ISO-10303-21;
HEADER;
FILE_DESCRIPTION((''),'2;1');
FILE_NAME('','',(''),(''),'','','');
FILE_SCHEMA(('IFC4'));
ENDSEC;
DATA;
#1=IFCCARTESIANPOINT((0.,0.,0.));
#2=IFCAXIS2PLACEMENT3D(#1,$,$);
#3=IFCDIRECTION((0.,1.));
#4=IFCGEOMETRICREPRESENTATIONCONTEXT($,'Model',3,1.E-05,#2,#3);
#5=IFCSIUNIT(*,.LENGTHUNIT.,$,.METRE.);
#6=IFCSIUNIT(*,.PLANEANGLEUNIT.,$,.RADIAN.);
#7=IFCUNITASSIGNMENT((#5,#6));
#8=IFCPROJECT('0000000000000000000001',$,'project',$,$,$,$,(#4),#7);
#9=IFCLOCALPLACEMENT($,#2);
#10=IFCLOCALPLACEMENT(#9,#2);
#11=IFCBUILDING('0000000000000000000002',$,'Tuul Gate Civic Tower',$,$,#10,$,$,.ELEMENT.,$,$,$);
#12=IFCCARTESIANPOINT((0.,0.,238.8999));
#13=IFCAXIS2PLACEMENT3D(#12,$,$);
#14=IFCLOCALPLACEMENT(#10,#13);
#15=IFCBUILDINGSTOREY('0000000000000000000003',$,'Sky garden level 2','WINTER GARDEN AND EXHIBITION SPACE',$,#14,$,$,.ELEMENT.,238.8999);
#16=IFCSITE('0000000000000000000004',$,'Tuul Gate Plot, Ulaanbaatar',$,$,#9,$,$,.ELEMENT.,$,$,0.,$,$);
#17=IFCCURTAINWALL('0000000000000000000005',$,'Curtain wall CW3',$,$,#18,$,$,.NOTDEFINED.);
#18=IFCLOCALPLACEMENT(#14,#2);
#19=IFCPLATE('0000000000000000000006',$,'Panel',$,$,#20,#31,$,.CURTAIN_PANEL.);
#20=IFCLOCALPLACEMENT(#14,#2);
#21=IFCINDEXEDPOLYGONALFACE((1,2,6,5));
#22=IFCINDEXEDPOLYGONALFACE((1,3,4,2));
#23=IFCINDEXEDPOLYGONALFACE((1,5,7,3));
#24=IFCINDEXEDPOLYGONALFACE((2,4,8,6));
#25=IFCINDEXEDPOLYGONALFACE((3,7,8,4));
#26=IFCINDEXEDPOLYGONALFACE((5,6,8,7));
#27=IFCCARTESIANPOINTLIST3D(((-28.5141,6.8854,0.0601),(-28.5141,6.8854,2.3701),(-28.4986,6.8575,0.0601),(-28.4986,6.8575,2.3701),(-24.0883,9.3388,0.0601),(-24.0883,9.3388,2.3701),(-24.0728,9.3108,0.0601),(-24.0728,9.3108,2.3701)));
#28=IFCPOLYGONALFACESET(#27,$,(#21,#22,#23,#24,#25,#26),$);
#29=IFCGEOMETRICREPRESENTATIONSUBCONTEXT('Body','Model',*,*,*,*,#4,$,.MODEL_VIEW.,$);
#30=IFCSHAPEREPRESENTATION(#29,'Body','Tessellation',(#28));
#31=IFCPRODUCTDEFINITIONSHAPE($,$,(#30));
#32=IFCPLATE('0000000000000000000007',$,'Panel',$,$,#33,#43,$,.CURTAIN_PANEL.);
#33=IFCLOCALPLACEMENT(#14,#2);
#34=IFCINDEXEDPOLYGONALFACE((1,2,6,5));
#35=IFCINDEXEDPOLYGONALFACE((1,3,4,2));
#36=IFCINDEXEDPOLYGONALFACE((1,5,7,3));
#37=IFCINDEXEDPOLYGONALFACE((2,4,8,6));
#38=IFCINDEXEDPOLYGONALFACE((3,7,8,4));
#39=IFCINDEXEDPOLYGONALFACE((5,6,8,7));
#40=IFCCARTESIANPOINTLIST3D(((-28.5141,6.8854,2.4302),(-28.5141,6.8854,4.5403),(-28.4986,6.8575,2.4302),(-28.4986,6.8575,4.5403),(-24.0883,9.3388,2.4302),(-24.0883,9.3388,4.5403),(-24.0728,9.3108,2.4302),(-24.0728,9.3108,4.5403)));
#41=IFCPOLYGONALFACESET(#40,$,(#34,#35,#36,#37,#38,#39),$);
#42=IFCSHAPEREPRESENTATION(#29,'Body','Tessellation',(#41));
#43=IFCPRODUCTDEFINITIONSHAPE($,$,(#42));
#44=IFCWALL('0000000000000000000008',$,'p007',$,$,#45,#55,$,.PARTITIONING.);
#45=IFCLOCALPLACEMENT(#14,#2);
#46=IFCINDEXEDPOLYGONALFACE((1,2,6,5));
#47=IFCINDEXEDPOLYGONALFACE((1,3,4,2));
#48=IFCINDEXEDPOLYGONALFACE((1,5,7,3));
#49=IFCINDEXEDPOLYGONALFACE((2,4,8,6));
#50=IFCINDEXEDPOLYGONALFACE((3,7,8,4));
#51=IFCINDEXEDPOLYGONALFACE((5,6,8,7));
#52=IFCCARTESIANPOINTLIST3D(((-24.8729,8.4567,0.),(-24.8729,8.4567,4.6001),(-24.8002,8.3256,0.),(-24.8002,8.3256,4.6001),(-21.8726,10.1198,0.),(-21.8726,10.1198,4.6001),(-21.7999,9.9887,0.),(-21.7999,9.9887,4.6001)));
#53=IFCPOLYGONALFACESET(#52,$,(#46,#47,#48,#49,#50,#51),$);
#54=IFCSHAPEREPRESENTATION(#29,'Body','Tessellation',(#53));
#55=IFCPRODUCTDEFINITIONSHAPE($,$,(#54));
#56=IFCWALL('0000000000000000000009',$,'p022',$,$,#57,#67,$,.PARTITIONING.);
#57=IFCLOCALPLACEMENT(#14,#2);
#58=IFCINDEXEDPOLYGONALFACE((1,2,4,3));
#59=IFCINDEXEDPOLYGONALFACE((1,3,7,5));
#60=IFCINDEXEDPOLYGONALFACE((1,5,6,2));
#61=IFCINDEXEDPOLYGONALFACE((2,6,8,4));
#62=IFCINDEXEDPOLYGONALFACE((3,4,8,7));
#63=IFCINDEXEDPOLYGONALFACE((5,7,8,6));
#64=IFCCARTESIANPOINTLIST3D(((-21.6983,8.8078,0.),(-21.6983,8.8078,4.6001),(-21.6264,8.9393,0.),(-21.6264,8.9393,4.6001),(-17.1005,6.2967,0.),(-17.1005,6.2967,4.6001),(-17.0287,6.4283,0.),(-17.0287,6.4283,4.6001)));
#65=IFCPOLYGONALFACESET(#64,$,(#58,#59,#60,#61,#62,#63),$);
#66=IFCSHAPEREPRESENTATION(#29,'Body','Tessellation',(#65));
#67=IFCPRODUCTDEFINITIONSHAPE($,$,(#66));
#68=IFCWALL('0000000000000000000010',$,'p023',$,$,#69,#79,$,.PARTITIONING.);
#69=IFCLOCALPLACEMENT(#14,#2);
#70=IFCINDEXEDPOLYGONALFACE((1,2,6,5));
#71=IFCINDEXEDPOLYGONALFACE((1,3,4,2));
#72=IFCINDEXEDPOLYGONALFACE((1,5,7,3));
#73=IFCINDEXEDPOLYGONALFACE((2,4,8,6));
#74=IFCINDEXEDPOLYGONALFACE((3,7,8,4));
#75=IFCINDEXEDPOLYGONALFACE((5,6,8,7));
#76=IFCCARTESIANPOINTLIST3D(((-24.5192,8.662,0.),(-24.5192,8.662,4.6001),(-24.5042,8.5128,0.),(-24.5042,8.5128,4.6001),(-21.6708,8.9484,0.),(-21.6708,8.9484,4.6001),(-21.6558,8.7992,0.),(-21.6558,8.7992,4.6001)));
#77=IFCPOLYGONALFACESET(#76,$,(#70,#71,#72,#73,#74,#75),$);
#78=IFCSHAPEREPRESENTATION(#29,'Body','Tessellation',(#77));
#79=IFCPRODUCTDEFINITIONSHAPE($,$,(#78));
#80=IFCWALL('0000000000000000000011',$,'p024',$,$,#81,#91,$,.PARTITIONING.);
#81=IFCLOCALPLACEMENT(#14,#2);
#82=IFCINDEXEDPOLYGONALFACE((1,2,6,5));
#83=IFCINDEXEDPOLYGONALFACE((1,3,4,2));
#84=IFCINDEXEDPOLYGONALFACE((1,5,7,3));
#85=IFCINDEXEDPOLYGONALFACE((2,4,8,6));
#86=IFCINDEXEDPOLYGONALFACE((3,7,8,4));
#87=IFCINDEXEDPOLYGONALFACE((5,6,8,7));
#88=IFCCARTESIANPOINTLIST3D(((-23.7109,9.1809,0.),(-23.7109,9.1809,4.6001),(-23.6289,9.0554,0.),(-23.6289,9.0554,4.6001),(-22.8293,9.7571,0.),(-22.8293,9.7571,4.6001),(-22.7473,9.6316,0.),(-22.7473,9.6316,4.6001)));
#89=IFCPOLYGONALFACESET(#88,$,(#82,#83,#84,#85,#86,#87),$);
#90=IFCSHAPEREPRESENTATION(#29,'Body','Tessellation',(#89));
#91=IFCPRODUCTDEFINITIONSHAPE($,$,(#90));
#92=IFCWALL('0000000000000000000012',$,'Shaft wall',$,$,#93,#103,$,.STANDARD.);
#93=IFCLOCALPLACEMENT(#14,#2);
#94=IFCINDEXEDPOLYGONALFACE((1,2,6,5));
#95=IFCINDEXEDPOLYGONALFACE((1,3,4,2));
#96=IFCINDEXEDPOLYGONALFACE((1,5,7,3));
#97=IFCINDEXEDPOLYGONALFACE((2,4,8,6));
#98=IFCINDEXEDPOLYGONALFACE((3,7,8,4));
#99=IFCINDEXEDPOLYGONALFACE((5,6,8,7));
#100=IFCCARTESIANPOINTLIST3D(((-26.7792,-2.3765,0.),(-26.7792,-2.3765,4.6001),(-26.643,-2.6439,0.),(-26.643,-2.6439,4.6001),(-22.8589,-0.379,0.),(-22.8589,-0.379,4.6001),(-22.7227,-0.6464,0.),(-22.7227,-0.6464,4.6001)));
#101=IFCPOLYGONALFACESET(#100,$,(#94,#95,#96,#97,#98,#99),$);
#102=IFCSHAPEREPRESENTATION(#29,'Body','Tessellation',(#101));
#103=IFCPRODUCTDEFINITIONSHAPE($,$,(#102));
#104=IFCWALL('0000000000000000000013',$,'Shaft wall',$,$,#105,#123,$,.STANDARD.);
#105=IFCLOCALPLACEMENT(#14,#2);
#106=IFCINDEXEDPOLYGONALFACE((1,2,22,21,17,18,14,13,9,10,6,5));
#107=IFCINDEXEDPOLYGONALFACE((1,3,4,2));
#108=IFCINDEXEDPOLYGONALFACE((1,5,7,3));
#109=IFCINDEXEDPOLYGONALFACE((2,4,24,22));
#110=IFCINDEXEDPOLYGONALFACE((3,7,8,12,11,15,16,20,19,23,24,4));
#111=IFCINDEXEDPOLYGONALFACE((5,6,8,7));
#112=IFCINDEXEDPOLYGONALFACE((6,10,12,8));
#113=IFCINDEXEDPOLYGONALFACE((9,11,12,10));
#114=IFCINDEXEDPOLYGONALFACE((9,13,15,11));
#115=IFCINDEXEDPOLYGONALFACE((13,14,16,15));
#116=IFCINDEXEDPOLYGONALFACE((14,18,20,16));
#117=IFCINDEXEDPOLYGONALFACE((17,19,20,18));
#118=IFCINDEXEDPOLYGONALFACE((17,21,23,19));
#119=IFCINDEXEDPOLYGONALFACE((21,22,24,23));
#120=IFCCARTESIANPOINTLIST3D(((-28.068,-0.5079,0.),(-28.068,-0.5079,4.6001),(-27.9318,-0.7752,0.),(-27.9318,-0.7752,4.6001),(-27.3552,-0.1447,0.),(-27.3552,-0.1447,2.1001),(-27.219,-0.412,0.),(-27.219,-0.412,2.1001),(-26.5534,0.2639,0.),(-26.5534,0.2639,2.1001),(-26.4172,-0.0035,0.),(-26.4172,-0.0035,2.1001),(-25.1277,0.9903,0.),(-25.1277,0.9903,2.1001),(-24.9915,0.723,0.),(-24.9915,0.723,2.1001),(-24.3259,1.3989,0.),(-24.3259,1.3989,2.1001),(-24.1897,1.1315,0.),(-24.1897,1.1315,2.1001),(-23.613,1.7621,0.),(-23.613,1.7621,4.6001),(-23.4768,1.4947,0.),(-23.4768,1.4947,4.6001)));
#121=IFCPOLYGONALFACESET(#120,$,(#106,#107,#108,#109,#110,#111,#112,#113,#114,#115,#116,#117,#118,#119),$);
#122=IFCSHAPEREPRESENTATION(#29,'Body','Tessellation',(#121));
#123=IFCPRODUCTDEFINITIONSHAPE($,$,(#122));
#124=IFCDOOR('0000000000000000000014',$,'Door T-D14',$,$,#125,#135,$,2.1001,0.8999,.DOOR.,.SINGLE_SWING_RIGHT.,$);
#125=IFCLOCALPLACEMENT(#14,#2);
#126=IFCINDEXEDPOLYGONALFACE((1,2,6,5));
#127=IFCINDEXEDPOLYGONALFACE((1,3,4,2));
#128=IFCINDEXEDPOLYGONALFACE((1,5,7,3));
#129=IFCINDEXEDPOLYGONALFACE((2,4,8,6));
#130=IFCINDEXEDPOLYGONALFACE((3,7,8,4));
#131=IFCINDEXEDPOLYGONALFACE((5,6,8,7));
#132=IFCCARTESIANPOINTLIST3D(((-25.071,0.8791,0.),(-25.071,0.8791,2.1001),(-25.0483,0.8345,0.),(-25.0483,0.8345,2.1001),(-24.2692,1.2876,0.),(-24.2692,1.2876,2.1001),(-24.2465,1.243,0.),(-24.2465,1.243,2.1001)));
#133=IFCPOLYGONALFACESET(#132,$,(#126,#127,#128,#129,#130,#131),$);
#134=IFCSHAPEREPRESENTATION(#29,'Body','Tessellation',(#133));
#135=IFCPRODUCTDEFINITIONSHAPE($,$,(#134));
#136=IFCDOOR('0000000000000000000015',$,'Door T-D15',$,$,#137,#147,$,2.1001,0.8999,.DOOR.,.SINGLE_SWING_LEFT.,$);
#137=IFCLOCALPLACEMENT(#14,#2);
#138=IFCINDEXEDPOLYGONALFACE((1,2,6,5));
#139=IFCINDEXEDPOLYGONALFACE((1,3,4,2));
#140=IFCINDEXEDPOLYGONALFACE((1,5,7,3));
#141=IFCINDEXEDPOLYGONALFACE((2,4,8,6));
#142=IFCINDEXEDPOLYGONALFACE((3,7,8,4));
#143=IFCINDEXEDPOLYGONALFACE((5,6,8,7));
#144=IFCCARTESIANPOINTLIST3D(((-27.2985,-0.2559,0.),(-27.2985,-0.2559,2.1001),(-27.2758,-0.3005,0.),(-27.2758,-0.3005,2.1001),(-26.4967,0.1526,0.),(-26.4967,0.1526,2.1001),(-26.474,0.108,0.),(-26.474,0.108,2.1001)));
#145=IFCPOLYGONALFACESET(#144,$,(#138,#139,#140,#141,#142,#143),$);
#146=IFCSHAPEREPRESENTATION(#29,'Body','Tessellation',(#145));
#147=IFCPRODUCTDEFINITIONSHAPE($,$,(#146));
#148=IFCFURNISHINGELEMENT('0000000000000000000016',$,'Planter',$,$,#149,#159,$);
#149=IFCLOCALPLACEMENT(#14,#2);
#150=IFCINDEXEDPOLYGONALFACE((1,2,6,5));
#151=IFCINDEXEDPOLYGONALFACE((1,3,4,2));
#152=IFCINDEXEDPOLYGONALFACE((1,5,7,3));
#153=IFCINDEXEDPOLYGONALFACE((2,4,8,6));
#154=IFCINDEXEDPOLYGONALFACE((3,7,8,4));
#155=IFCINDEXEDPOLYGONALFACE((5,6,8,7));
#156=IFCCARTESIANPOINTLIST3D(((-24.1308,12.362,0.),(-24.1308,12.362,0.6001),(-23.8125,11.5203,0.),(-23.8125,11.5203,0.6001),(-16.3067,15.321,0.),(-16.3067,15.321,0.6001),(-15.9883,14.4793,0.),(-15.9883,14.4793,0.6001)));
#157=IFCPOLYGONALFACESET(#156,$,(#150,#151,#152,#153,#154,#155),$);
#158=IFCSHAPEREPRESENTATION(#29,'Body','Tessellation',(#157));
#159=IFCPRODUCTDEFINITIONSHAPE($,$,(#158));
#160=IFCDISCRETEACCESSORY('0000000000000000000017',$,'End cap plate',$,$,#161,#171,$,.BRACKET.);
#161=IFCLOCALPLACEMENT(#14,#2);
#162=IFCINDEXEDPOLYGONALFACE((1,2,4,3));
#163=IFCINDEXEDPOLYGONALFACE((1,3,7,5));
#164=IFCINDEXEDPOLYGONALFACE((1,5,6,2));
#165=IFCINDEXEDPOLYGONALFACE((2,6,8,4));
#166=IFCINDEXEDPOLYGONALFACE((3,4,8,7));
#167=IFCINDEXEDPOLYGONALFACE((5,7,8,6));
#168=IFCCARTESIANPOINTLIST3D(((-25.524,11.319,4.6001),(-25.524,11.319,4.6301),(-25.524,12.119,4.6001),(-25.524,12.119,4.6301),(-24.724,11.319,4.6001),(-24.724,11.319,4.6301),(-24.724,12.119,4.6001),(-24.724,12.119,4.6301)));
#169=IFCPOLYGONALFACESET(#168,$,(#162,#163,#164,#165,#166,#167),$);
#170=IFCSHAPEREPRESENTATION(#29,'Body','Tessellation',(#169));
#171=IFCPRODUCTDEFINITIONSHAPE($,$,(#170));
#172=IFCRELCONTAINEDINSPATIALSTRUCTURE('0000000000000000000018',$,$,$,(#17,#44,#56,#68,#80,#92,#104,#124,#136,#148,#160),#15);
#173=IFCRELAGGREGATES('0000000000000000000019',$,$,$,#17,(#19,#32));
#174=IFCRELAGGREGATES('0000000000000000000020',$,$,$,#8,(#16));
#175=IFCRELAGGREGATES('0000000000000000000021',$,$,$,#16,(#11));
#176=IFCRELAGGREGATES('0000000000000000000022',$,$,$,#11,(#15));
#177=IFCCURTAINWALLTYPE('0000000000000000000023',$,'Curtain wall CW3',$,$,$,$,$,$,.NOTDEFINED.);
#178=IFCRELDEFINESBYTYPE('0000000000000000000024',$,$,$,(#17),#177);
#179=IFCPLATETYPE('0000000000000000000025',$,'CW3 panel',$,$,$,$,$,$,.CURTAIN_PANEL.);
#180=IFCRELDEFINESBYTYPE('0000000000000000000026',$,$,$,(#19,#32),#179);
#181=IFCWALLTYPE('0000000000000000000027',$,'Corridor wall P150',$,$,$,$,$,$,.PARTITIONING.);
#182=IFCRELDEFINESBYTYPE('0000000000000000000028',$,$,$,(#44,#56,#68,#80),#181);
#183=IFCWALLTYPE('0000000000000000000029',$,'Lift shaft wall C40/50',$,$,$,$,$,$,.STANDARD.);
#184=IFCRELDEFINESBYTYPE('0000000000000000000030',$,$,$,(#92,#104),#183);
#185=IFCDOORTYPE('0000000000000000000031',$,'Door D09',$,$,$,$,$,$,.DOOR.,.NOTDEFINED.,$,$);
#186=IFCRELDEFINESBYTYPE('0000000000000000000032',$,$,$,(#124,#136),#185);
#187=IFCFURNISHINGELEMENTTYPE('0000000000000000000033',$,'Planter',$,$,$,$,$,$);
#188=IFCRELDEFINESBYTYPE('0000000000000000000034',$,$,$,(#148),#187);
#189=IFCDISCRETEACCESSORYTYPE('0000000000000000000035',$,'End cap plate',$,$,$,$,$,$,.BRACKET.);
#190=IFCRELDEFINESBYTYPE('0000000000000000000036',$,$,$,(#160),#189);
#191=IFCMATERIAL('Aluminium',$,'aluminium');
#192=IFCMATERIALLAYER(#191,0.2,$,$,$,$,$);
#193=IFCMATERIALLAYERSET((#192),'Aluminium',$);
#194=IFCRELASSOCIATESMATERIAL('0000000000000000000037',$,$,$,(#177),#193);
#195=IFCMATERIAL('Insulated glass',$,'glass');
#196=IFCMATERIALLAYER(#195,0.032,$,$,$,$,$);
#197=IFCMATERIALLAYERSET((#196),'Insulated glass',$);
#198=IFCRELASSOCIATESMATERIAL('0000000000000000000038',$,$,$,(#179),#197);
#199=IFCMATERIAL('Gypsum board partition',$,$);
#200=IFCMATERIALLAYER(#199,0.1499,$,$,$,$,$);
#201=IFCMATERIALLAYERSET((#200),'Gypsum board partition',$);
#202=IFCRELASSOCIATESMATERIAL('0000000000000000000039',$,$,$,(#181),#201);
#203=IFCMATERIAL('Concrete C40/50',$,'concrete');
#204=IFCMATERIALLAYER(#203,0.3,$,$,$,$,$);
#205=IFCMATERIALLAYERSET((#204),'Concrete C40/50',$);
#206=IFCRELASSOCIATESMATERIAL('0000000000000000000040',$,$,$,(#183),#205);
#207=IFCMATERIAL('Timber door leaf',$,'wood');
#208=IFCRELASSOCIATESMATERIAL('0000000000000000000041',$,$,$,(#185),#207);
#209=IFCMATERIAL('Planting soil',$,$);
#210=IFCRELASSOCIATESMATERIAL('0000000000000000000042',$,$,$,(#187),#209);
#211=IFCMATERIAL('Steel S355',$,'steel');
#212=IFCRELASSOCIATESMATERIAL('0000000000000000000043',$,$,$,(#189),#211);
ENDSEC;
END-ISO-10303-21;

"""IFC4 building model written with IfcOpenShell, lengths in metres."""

from ifc_helpers import new_model, si_unit, direction, frame, frame_2d, origin, origin_2d, place, context, subcontext, project, spatial, rectangle, extrude, material, layer, layer_set, type_object, element, fill, aggregate, save


model = new_model("IFC4")

# Units and contexts
model_context = context("Model", 3, precision=1e-05, world=origin(), true_north=direction((0.0, 1.0)))
body_context = subcontext(model_context, "Body", "Model", "MODEL_VIEW")
ifc_project = project(units=[si_unit("LENGTHUNIT", "METRE"), si_unit("PLANEANGLEUNIT", "RADIAN")], contexts=[model_context])

# Site, building, storey
site_placement = place(None, origin())
site = spatial("IfcSite", under=ifc_project, at=site_placement, Name="Tuul Gate Plot, Ulaanbaatar", CompositionType="ELEMENT", RefElevation=0.0)
building_placement = place(site_placement, origin())
building = spatial("IfcBuilding", under=site, at=building_placement, Name="Tuul Gate Civic Tower", CompositionType="ELEMENT")
storey_placement = place(building_placement, frame((0.0, 0.0, 238.8999)))
storey = spatial("IfcBuildingStorey", under=building, at=storey_placement, Name="Sky garden level 2", Description="WINTER GARDEN AND EXHIBITION SPACE", CompositionType="ELEMENT", Elevation=238.8999)

# Curtain wall
ifc_material_1 = material(Name="Aluminium", Category="aluminium")
ifc_layer_1 = layer(ifc_material_1, 0.2)
ifc_layer_set_1 = layer_set([ifc_layer_1], Name="Aluminium")
curtain_wall_type = type_object("IfcCurtainWallType", Name="Curtain wall CW3", PredefinedType="NOTDEFINED", material=ifc_layer_set_1)
curtain_wall_1_placement = place(storey_placement, origin())
curtain_wall_1 = element("IfcCurtainWall", 1, at=curtain_wall_1_placement, inside=storey, type_object=curtain_wall_type, Name="Curtain wall CW3", PredefinedType="NOTDEFINED")

# Plates
ifc_material_2 = material(Name="Insulated glass", Category="glass")
ifc_layer_2 = layer(ifc_material_2, 0.032)
ifc_layer_set_2 = layer_set([ifc_layer_2], Name="Insulated glass")
plate_type = type_object("IfcPlateType", Name="CW3 panel", PredefinedType="CURTAIN_PANEL", material=ifc_layer_set_2)
plate_1_placement = place(storey_placement, frame((-26.2935, 8.0981, 0.0601), z_axis=(0.0, 0.0, 1.0), x_axis=(-0.87461, -0.484827, 0.0)))
plate_1 = element("IfcPlate", 2, at=plate_1_placement, type_object=plate_type, Name="Panel", PredefinedType="CURTAIN_PANEL", context=body_context, shape_type="SweptSolid", body=[
    extrude(rectangle(XDim=5.0603, YDim=0.032, at=origin_2d()), origin(), (0.0, 0.0, 1.0), 2.3101),
])
plate_2_placement = place(storey_placement, frame((-26.2935, 8.0981, 2.4302), z_axis=(0.0, 0.0, 1.0), x_axis=(-0.87461, -0.484827, 0.0)))
plate_2 = element("IfcPlate", 3, at=plate_2_placement, type_object=plate_type, Name="Panel", PredefinedType="CURTAIN_PANEL", context=body_context, shape_type="SweptSolid", body=[
    extrude(rectangle(XDim=5.0603, YDim=0.032, at=origin_2d()), origin(), (0.0, 0.0, 1.0), 2.1101),
])
aggregate(curtain_wall_1, [plate_1, plate_2])

# Walls
ifc_material_3 = material(Name="Gypsum board partition")
ifc_layer_3 = layer(ifc_material_3, 0.1499)
ifc_layer_set_3 = layer_set([ifc_layer_3], Name="Gypsum board partition")
wall_type_1 = type_object("IfcWallType", Name="Corridor wall P150", PredefinedType="PARTITIONING", material=ifc_layer_set_3)
wall_1_placement = place(storey_placement, frame((-24.8367, 8.3911, 0.0), z_axis=(0.0, 0.0, 1.0), x_axis=(0.874617, 0.484815, 0.0)))
element("IfcWall", 4, at=wall_1_placement, inside=storey, type_object=wall_type_1, Name="p007", PredefinedType="PARTITIONING", context=body_context, shape_type="SweptSolid", body=[
    extrude(rectangle(XDim=3.4304, YDim=0.1499, at=frame_2d((1.7153, 0.0))), origin(), (0.0, 0.0, 1.0), 4.6001),
])
wall_2_placement = place(storey_placement, frame((-21.6624, 8.8735, 0.0), z_axis=(0.0, 0.0, 1.0), x_axis=(0.877641, -0.479319, 0.0)))
element("IfcWall", 5, at=wall_2_placement, inside=storey, type_object=wall_type_1, Name="p022", PredefinedType="PARTITIONING", context=body_context, shape_type="SweptSolid", body=[
    extrude(rectangle(XDim=5.2388, YDim=0.1499, at=frame_2d((2.6194, 0.0))), origin(), (0.0, 0.0, 1.0), 4.6001),
])
wall_3_placement = place(storey_placement, frame((-24.5117, 8.5874, 0.0), z_axis=(0.0, 0.0, 1.0), x_axis=(0.994984, 0.100036, 0.0)))
element("IfcWall", 6, at=wall_3_placement, inside=storey, type_object=wall_type_1, Name="p023", PredefinedType="PARTITIONING", context=body_context, shape_type="SweptSolid", body=[
    extrude(rectangle(XDim=2.8628, YDim=0.1499, at=frame_2d((1.4314, 0.0))), origin(), (0.0, 0.0, 1.0), 4.6001),
])
wall_4_placement = place(storey_placement, frame((-23.6699, 9.1182, 0.0), z_axis=(0.0, 0.0, 1.0), x_axis=(0.83708, 0.547081, 0.0)))
element("IfcWall", 7, at=wall_4_placement, inside=storey, type_object=wall_type_1, Name="p024", PredefinedType="PARTITIONING", context=body_context, shape_type="SweptSolid", body=[
    extrude(rectangle(XDim=1.0532, YDim=0.1499, at=frame_2d((0.5266, 0.0))), origin(), (0.0, 0.0, 1.0), 4.6001),
])
ifc_material_4 = material(Name="Concrete C40/50", Category="concrete")
ifc_layer_4 = layer(ifc_material_4, 0.3)
ifc_layer_set_4 = layer_set([ifc_layer_4], Name="Concrete C40/50")
wall_type_2 = type_object("IfcWallType", Name="Lift shaft wall C40/50", PredefinedType="STANDARD", material=ifc_layer_set_4)
wall_5_placement = place(storey_placement, frame((-22.7908, -0.5127, 0.0), z_axis=(0.0, 0.0, 1.0), x_axis=(-0.891006, -0.453992, 0.0)))
element("IfcWall", 8, at=wall_5_placement, inside=storey, type_object=wall_type_2, Name="Shaft wall", PredefinedType="STANDARD", context=body_context, shape_type="SweptSolid", body=[
    extrude(rectangle(XDim=4.3999, YDim=0.3, at=frame_2d((2.2, 0.0))), origin(), (0.0, 0.0, 1.0), 4.6001),
])

# Wall, openings, doors
wall_6_placement = place(storey_placement, frame((-23.5449, 1.6284, 0.0), z_axis=(0.0, 0.0, 1.0), x_axis=(-0.891003, -0.453997, 0.0)))
wall_6 = element("IfcWall", 9, at=wall_6_placement, inside=storey, type_object=wall_type_2, Name="Shaft wall", PredefinedType="STANDARD", context=body_context, shape_type="SweptSolid", body=[
    extrude(rectangle(XDim=5.0, YDim=0.3, at=frame_2d((2.5, 0.0))), origin(), (0.0, 0.0, 1.0), 4.6001),
])
opening_1_placement = place(wall_6_placement, frame((0.8, 0.0, 0.0)))
opening_1 = element("IfcOpeningElement", 10, at=opening_1_placement, cuts=wall_6, PredefinedType="OPENING", context=body_context, shape_type="SweptSolid", body=[
    extrude(rectangle(XDim=0.8999, YDim=2.1001, at=frame_2d((0.45, 1.05))), frame((0.0, 0.1602, 0.0), z_axis=(0.0, -1.0, 0.0), x_axis=(1.0, 0.0, 0.0)), (0.0, 0.0, 1.0), 0.3201),
])
opening_2_placement = place(wall_6_placement, frame((3.3, 0.0, 0.0)))
opening_2 = element("IfcOpeningElement", 11, at=opening_2_placement, cuts=wall_6, PredefinedType="OPENING", context=body_context, shape_type="SweptSolid", body=[
    extrude(rectangle(XDim=0.8999, YDim=2.1001, at=frame_2d((0.45, 1.05))), frame((0.0, 0.1602, 0.0), z_axis=(0.0, -1.0, 0.0), x_axis=(1.0, 0.0, 0.0)), (0.0, 0.0, 1.0), 0.3201),
])
ifc_material_5 = material(Name="Timber door leaf", Category="wood")
door_type = type_object("IfcDoorType", Name="Door D09", OperationType="NOTDEFINED", PredefinedType="DOOR", material=ifc_material_5)
door_1_placement = place(opening_1_placement, origin())
door_1 = element("IfcDoor", 12, at=door_1_placement, inside=storey, type_object=door_type, Name="Door T-D14", OperationType="SINGLE_SWING_RIGHT", OverallHeight=2.1001, OverallWidth=0.8999, PredefinedType="DOOR", context=body_context, shape_type="SweptSolid", body=[
    extrude(rectangle(XDim=0.8999, YDim=2.1001, at=frame_2d((0.45, 1.05))), frame((0.0, 0.0249, 0.0), z_axis=(0.0, -1.0, 0.0), x_axis=(1.0, 0.0, 0.0)), (0.0, 0.0, 1.0), 0.05),
])
fill(opening_1, door_1)
door_2_placement = place(opening_2_placement, origin())
door_2 = element("IfcDoor", 13, at=door_2_placement, inside=storey, type_object=door_type, Name="Door T-D15", OperationType="SINGLE_SWING_LEFT", OverallHeight=2.1001, OverallWidth=0.8999, PredefinedType="DOOR", context=body_context, shape_type="SweptSolid", body=[
    extrude(rectangle(XDim=0.8999, YDim=2.1001, at=frame_2d((0.45, 1.05))), frame((0.0, 0.0249, 0.0), z_axis=(0.0, -1.0, 0.0), x_axis=(1.0, 0.0, 0.0)), (0.0, 0.0, 1.0), 0.05),
])
fill(opening_2, door_2)

# Furnishing element
ifc_material_6 = material(Name="Planting soil")
furnishing_element_type = type_object("IfcFurnishingElementType", Name="Planter", material=ifc_material_6)
furnishing_placement = place(storey_placement, frame((-20.0596, 13.4207, 0.0), z_axis=(0.0, 0.0, 1.0), x_axis=(-0.935344, -0.353738, 0.0)))
element("IfcFurnishingElement", 14, at=furnishing_placement, inside=storey, type_object=furnishing_element_type, Name="Planter", context=body_context, shape_type="SweptSolid", body=[
    extrude(rectangle(XDim=8.365, YDim=0.8999, at=origin_2d()), origin(), (0.0, 0.0, 1.0), 0.6001),
])

# Discrete accessory
ifc_material_7 = material(Name="Steel S355", Category="steel")
discrete_accessory_type = type_object("IfcDiscreteAccessoryType", Name="End cap plate", PredefinedType="BRACKET", material=ifc_material_7)
discrete_accessory_placement = place(storey_placement, frame((-25.124, 11.719, 4.6001), z_axis=(0.0, 0.0, 1.0), x_axis=(1.0, 0.0, 0.0)))
element("IfcDiscreteAccessory", 15, at=discrete_accessory_placement, inside=storey, type_object=discrete_accessory_type, Name="End cap plate", PredefinedType="BRACKET", context=body_context, shape_type="SweptSolid", body=[
    extrude(rectangle(XDim=0.8, YDim=0.8, at=origin_2d()), origin(), (0.0, 0.0, 1.0), 0.03),
])

save(model, "model.ifc")
